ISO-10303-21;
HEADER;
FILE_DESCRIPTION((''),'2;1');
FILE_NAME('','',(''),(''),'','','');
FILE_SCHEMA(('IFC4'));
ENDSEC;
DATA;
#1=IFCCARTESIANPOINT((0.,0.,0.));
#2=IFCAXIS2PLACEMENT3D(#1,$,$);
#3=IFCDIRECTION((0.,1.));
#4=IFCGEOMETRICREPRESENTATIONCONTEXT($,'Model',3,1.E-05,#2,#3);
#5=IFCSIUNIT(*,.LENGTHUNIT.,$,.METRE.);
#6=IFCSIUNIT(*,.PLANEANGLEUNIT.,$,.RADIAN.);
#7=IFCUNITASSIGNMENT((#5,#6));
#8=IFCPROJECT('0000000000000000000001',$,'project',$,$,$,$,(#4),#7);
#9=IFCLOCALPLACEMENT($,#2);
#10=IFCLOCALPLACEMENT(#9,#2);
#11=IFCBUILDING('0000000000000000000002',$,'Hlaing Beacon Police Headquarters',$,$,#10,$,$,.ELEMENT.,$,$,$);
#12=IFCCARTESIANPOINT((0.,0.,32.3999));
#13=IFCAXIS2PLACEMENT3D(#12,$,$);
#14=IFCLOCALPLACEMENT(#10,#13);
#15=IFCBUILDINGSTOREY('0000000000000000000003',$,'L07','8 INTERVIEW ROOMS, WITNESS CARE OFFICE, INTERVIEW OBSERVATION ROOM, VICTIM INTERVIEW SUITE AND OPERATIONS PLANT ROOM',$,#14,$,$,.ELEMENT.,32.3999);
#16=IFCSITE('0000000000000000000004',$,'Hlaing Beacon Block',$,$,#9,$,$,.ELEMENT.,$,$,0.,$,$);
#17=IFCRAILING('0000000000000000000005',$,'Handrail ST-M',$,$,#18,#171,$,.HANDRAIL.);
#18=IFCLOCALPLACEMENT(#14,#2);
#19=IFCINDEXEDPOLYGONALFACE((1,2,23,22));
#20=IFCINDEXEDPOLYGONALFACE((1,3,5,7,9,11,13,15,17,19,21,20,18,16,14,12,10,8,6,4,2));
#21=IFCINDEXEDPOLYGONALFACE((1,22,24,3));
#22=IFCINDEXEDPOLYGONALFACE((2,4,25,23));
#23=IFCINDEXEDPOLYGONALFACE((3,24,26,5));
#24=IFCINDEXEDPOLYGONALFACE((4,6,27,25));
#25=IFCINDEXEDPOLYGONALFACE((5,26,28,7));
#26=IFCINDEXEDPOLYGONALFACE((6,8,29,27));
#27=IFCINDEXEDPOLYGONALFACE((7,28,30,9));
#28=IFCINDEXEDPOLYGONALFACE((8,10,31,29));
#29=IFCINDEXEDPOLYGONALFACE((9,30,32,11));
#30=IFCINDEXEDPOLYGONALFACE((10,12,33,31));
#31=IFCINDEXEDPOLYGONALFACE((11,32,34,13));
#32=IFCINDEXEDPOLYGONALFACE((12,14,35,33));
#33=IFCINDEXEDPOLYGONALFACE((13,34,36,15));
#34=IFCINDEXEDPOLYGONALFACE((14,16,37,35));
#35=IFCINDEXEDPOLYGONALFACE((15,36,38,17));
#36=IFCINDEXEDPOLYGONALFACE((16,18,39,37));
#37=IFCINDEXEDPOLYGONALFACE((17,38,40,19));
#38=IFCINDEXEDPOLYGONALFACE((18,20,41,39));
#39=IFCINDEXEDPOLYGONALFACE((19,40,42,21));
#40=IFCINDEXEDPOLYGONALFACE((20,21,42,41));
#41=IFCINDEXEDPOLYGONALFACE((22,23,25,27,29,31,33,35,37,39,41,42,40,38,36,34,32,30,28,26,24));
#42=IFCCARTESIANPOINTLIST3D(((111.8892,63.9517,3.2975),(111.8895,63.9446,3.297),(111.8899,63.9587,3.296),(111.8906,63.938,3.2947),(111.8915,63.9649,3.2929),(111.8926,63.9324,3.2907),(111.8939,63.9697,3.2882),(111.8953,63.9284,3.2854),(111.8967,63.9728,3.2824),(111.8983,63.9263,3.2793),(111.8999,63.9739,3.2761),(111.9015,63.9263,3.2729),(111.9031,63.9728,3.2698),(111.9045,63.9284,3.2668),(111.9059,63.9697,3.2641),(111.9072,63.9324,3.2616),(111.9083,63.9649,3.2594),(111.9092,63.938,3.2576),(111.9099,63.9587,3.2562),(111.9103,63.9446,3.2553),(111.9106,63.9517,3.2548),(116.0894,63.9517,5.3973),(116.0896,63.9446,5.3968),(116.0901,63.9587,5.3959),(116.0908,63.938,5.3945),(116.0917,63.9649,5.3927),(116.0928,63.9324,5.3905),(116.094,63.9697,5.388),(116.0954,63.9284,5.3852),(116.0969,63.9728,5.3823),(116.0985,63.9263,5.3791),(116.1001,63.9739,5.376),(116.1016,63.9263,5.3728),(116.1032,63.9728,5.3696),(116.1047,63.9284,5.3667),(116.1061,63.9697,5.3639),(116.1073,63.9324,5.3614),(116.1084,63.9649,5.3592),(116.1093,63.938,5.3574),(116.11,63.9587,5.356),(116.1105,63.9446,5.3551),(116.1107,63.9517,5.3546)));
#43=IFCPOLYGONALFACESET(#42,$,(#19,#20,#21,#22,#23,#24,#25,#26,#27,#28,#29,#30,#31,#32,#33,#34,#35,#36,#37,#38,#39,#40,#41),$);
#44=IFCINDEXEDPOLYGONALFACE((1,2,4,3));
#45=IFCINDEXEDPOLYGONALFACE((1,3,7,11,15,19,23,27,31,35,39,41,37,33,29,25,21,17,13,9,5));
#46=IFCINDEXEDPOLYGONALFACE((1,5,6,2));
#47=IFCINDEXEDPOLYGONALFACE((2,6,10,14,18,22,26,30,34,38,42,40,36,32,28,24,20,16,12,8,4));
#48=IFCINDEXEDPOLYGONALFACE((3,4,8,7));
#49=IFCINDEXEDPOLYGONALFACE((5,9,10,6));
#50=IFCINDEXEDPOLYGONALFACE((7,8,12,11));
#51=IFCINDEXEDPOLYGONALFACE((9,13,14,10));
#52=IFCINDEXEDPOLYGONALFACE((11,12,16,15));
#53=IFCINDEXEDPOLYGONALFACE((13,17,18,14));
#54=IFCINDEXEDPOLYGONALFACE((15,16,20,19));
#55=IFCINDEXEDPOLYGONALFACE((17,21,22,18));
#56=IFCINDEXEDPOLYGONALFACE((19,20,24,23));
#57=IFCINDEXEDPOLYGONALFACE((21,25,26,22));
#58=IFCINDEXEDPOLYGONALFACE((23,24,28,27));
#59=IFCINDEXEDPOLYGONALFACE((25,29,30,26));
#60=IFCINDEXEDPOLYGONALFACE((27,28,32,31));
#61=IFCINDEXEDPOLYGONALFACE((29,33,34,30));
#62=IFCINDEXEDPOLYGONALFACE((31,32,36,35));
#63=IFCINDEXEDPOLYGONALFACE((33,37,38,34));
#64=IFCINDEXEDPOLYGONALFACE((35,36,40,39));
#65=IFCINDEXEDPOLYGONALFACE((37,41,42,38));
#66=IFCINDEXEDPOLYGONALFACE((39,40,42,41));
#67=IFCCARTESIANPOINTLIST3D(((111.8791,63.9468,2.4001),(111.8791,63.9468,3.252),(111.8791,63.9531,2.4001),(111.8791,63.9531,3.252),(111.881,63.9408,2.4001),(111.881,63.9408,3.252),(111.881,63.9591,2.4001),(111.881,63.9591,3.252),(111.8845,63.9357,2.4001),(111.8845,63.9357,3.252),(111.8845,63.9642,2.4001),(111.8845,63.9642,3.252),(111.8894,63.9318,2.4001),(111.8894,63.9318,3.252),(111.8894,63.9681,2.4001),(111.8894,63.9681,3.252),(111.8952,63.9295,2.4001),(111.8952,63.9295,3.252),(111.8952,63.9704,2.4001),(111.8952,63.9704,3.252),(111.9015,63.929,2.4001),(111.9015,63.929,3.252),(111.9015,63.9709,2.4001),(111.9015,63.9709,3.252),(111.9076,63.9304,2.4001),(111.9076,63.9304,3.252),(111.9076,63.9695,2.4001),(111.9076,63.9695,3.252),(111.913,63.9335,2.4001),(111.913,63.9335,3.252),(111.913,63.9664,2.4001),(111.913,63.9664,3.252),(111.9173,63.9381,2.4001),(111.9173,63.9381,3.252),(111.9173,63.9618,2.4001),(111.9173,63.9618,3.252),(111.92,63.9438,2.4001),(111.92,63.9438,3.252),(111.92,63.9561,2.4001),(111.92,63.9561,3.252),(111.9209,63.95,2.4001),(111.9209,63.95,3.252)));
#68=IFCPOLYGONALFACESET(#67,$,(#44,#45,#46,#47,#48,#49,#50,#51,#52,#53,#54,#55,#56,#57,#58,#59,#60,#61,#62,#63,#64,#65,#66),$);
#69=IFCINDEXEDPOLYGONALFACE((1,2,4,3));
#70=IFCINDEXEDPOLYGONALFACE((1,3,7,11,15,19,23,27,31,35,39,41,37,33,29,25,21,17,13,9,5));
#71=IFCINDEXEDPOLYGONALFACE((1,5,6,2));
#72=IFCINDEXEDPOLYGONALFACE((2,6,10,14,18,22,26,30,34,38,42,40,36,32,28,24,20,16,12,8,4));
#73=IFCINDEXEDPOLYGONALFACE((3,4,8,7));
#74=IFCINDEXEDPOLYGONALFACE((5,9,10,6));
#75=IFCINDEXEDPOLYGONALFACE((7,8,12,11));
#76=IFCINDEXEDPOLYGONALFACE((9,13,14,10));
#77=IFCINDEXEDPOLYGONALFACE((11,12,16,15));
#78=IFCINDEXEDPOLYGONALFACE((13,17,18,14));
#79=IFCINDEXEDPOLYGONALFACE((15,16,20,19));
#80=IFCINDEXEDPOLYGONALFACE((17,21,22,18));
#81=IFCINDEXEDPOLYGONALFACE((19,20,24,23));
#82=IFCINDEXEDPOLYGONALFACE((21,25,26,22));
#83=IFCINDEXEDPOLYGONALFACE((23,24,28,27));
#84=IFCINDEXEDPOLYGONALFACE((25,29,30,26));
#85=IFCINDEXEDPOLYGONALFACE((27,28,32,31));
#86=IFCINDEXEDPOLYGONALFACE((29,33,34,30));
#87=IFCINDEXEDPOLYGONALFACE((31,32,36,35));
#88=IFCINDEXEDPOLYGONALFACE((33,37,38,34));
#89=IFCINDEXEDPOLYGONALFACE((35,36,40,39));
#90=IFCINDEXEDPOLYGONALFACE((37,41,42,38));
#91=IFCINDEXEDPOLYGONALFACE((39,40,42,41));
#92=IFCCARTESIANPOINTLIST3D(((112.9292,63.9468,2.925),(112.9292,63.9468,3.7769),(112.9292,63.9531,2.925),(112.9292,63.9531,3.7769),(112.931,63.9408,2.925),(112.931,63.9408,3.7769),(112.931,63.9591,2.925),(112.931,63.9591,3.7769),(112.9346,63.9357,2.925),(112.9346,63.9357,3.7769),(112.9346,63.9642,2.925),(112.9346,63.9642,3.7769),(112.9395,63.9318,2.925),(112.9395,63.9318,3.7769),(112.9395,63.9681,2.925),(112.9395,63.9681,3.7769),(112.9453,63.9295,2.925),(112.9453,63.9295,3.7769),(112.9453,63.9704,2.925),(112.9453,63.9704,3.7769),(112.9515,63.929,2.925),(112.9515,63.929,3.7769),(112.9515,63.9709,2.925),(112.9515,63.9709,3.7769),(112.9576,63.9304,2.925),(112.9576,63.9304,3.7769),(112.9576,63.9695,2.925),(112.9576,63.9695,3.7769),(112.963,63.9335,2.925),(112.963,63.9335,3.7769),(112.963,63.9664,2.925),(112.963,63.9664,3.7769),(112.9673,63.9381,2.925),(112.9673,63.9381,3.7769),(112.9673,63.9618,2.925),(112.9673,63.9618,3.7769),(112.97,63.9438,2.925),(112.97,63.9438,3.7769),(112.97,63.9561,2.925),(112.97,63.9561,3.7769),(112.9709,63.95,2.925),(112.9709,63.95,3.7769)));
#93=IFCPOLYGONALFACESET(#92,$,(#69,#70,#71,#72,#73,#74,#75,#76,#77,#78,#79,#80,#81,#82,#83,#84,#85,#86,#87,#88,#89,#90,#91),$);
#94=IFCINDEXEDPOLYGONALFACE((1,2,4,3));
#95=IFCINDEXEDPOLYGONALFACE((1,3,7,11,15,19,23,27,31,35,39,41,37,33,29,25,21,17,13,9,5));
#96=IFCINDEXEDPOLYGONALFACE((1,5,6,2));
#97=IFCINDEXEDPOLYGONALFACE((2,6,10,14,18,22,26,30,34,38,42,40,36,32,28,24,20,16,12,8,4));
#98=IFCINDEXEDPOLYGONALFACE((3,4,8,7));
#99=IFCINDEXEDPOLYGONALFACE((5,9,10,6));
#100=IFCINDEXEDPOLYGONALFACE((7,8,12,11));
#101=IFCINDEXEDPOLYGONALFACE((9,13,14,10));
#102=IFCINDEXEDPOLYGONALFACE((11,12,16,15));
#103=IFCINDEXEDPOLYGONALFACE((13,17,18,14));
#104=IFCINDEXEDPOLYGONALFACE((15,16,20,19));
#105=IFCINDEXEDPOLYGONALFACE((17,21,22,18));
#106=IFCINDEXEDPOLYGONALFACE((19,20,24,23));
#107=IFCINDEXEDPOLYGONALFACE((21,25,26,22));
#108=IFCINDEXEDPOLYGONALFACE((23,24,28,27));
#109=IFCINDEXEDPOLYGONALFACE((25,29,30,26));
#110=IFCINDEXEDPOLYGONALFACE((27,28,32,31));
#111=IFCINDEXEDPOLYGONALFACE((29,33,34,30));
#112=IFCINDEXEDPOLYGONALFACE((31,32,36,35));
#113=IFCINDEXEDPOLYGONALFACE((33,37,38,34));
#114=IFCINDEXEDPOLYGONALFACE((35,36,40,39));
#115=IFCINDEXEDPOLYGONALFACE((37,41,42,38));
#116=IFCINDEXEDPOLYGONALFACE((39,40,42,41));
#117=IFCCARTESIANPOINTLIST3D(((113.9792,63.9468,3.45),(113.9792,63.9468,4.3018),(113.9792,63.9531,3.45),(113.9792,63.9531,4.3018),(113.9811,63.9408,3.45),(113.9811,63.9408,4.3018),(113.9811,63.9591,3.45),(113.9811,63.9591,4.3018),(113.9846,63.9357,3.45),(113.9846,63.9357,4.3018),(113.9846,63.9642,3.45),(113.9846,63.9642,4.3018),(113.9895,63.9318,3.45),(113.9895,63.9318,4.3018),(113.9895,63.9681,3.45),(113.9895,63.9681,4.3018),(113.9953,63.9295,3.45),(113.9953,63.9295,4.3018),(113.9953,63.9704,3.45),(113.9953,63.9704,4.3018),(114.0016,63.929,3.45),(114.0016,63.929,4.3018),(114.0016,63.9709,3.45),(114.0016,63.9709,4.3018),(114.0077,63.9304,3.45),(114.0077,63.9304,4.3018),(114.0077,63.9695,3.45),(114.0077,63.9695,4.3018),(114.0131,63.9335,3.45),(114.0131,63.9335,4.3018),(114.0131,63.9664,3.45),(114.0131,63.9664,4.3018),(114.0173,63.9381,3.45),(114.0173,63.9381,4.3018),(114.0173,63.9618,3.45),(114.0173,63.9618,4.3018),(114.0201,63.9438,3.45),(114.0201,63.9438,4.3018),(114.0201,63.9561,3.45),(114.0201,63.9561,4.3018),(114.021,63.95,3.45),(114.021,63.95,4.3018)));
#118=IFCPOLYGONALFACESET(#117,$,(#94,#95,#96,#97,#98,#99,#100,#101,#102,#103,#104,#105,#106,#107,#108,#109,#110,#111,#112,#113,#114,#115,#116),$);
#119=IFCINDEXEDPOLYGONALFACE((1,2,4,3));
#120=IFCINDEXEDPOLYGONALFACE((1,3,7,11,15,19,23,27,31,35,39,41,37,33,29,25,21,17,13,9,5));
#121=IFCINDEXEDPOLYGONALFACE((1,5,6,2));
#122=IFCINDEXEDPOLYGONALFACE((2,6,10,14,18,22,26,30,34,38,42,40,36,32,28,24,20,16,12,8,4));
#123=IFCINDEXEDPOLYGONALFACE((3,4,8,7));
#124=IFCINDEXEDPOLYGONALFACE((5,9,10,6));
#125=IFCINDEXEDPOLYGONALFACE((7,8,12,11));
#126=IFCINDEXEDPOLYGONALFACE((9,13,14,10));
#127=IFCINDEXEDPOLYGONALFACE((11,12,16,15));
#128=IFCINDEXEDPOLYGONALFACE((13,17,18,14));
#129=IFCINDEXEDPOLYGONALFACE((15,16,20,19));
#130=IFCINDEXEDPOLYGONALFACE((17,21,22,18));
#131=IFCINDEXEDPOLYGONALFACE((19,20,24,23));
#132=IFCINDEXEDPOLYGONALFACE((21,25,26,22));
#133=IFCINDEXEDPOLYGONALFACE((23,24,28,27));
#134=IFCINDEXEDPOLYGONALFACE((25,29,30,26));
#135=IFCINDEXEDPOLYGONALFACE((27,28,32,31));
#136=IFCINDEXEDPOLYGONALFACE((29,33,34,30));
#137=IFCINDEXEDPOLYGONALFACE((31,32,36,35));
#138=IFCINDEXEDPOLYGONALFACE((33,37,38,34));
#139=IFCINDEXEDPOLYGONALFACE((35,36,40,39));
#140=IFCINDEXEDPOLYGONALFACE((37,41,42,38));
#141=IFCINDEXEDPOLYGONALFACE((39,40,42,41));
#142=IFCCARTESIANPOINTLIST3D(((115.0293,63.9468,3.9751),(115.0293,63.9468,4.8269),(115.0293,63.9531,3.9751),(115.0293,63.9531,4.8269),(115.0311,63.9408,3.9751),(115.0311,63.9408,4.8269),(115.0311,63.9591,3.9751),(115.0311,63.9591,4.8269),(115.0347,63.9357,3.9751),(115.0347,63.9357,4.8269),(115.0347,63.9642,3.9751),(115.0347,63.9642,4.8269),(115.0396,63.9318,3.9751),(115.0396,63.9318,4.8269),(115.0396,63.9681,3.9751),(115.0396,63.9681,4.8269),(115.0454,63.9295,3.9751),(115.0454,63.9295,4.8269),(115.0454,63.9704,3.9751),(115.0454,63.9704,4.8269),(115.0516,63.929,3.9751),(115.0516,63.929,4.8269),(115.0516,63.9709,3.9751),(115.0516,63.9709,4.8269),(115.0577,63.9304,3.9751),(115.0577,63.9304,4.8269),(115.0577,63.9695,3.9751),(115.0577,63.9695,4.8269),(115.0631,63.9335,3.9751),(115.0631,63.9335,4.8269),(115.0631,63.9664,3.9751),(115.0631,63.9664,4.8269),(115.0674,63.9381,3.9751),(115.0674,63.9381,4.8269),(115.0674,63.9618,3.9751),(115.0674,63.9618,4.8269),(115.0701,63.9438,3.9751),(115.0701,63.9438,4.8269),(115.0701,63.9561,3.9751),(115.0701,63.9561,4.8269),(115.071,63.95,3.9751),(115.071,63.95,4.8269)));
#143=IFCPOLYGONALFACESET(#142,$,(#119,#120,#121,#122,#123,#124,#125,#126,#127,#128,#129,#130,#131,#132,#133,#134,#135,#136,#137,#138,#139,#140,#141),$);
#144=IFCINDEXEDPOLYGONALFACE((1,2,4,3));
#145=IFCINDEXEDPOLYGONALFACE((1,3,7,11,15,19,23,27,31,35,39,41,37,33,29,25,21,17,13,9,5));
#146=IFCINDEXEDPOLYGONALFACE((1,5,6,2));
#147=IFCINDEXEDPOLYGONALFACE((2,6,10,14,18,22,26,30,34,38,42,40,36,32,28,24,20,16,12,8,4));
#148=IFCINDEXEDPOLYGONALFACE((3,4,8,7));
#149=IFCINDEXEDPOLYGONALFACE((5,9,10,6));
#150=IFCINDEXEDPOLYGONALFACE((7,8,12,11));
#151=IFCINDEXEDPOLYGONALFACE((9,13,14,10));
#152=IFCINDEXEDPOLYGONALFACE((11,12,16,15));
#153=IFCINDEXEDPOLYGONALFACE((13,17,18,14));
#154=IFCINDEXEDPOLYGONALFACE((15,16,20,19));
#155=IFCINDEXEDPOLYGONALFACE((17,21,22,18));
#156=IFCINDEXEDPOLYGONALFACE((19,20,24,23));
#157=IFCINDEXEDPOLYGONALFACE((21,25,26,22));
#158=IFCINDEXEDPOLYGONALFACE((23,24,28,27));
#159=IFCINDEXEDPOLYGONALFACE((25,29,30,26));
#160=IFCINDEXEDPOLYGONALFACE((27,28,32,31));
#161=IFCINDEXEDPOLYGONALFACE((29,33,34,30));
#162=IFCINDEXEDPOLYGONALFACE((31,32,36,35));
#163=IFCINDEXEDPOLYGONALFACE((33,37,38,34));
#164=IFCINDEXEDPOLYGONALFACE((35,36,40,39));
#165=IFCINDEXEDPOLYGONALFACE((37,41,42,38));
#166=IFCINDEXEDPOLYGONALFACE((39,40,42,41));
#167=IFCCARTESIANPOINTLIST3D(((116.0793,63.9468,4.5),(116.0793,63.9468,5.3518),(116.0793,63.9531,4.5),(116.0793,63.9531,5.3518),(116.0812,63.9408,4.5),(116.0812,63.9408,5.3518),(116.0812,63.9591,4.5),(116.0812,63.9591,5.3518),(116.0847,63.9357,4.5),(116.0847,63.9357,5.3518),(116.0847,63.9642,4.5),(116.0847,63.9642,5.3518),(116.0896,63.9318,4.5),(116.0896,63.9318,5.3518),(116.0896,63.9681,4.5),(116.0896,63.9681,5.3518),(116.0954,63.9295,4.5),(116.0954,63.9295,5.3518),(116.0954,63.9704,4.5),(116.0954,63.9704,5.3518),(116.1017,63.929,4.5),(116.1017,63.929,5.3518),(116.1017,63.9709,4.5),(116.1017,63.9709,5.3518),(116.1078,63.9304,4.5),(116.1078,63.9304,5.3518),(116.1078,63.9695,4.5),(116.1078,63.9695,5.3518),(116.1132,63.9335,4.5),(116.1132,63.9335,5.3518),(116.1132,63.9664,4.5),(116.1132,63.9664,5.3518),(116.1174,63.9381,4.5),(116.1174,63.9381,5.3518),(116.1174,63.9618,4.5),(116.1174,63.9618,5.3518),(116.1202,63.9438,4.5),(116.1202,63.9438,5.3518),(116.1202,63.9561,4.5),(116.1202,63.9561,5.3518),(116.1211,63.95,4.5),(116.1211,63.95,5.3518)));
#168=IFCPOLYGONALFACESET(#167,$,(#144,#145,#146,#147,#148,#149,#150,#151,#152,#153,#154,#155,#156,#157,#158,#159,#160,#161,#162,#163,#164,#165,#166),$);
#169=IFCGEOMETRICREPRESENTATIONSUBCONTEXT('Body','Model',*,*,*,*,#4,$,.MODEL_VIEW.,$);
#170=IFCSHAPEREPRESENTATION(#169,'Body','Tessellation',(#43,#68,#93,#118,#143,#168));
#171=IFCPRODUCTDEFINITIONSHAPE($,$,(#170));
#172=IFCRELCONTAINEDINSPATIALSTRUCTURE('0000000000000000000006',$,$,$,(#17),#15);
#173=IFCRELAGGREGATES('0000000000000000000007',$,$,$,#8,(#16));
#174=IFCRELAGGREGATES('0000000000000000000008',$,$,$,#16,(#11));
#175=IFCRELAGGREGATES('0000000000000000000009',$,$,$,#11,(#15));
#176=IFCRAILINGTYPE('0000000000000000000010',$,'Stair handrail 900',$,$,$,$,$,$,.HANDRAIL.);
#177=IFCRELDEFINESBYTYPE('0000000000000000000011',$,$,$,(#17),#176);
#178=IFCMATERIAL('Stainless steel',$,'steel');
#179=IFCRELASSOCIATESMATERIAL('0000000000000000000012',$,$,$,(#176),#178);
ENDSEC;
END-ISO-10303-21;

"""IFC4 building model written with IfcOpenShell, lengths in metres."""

from ifc_helpers import new_model, si_unit, direction, frame, origin, origin_2d, place, context, subcontext, project, spatial, circle, extrude, material, type_object, element, save


model = new_model("IFC4")

# Units and contexts
model_context = context("Model", 3, precision=1e-05, world=origin(), true_north=direction((0.0, 1.0)))
body_context = subcontext(model_context, "Body", "Model", "MODEL_VIEW")
ifc_project = project(units=[si_unit("LENGTHUNIT", "METRE"), si_unit("PLANEANGLEUNIT", "RADIAN")], contexts=[model_context])

# Site, building, storey
site_placement = place(None, origin())
site = spatial("IfcSite", under=ifc_project, at=site_placement, Name="Hlaing Beacon Block", CompositionType="ELEMENT", RefElevation=0.0)
building_placement = place(site_placement, origin())
building = spatial("IfcBuilding", under=site, at=building_placement, Name="Hlaing Beacon Police Headquarters", CompositionType="ELEMENT")
storey_placement = place(building_placement, frame((0.0, 0.0, 32.3999)))
storey = spatial("IfcBuildingStorey", under=building, at=storey_placement, Name="L07", Description="8 INTERVIEW ROOMS, WITNESS CARE OFFICE, INTERVIEW OBSERVATION ROOM, VICTIM INTERVIEW SUITE AND OPERATIONS PLANT ROOM", CompositionType="ELEMENT", Elevation=32.3999)

# Railing
ifc_material_1 = material(Name="Stainless steel", Category="steel")
railing_type_1 = type_object("IfcRailingType", Name="Stair handrail 900", PredefinedType="HANDRAIL", material=ifc_material_1)
for number, where, name in (
    (1, (111.8999, 63.95, 2.4001), "Handrail ST-M"),
):
    element("IfcRailing", number, at=place(storey_placement, frame(where)), inside=storey, type_object=railing_type_1, Name=name, PredefinedType="HANDRAIL", context=body_context, shape_type="SweptSolid", body=[
        extrude(circle(Radius=0.0239, at=origin_2d()), frame((0.0, 0.0, 0.876), z_axis=(0.894448, 0.0, 0.447172), x_axis=(0.0, 1.0, 0.0)), (0.0, 0.0, 1.0), 4.6958),
        extrude(circle(Radius=0.021, at=origin_2d()), origin(), (0.0, 0.0, 1.0), 0.8518),
        extrude(circle(Radius=0.021, at=origin_2d()), frame((1.05, 0.0, 0.5249)), (0.0, 0.0, 1.0), 0.8518),
        extrude(circle(Radius=0.021, at=origin_2d()), frame((2.1001, 0.0, 1.0498)), (0.0, 0.0, 1.0), 0.8518),
        extrude(circle(Radius=0.021, at=origin_2d()), frame((3.1501, 0.0, 1.575)), (0.0, 0.0, 1.0), 0.8518),
        extrude(circle(Radius=0.021, at=origin_2d()), frame((4.2002, 0.0, 2.0999)), (0.0, 0.0, 1.0), 0.8518),
    ])

save(model, "model.ifc")
